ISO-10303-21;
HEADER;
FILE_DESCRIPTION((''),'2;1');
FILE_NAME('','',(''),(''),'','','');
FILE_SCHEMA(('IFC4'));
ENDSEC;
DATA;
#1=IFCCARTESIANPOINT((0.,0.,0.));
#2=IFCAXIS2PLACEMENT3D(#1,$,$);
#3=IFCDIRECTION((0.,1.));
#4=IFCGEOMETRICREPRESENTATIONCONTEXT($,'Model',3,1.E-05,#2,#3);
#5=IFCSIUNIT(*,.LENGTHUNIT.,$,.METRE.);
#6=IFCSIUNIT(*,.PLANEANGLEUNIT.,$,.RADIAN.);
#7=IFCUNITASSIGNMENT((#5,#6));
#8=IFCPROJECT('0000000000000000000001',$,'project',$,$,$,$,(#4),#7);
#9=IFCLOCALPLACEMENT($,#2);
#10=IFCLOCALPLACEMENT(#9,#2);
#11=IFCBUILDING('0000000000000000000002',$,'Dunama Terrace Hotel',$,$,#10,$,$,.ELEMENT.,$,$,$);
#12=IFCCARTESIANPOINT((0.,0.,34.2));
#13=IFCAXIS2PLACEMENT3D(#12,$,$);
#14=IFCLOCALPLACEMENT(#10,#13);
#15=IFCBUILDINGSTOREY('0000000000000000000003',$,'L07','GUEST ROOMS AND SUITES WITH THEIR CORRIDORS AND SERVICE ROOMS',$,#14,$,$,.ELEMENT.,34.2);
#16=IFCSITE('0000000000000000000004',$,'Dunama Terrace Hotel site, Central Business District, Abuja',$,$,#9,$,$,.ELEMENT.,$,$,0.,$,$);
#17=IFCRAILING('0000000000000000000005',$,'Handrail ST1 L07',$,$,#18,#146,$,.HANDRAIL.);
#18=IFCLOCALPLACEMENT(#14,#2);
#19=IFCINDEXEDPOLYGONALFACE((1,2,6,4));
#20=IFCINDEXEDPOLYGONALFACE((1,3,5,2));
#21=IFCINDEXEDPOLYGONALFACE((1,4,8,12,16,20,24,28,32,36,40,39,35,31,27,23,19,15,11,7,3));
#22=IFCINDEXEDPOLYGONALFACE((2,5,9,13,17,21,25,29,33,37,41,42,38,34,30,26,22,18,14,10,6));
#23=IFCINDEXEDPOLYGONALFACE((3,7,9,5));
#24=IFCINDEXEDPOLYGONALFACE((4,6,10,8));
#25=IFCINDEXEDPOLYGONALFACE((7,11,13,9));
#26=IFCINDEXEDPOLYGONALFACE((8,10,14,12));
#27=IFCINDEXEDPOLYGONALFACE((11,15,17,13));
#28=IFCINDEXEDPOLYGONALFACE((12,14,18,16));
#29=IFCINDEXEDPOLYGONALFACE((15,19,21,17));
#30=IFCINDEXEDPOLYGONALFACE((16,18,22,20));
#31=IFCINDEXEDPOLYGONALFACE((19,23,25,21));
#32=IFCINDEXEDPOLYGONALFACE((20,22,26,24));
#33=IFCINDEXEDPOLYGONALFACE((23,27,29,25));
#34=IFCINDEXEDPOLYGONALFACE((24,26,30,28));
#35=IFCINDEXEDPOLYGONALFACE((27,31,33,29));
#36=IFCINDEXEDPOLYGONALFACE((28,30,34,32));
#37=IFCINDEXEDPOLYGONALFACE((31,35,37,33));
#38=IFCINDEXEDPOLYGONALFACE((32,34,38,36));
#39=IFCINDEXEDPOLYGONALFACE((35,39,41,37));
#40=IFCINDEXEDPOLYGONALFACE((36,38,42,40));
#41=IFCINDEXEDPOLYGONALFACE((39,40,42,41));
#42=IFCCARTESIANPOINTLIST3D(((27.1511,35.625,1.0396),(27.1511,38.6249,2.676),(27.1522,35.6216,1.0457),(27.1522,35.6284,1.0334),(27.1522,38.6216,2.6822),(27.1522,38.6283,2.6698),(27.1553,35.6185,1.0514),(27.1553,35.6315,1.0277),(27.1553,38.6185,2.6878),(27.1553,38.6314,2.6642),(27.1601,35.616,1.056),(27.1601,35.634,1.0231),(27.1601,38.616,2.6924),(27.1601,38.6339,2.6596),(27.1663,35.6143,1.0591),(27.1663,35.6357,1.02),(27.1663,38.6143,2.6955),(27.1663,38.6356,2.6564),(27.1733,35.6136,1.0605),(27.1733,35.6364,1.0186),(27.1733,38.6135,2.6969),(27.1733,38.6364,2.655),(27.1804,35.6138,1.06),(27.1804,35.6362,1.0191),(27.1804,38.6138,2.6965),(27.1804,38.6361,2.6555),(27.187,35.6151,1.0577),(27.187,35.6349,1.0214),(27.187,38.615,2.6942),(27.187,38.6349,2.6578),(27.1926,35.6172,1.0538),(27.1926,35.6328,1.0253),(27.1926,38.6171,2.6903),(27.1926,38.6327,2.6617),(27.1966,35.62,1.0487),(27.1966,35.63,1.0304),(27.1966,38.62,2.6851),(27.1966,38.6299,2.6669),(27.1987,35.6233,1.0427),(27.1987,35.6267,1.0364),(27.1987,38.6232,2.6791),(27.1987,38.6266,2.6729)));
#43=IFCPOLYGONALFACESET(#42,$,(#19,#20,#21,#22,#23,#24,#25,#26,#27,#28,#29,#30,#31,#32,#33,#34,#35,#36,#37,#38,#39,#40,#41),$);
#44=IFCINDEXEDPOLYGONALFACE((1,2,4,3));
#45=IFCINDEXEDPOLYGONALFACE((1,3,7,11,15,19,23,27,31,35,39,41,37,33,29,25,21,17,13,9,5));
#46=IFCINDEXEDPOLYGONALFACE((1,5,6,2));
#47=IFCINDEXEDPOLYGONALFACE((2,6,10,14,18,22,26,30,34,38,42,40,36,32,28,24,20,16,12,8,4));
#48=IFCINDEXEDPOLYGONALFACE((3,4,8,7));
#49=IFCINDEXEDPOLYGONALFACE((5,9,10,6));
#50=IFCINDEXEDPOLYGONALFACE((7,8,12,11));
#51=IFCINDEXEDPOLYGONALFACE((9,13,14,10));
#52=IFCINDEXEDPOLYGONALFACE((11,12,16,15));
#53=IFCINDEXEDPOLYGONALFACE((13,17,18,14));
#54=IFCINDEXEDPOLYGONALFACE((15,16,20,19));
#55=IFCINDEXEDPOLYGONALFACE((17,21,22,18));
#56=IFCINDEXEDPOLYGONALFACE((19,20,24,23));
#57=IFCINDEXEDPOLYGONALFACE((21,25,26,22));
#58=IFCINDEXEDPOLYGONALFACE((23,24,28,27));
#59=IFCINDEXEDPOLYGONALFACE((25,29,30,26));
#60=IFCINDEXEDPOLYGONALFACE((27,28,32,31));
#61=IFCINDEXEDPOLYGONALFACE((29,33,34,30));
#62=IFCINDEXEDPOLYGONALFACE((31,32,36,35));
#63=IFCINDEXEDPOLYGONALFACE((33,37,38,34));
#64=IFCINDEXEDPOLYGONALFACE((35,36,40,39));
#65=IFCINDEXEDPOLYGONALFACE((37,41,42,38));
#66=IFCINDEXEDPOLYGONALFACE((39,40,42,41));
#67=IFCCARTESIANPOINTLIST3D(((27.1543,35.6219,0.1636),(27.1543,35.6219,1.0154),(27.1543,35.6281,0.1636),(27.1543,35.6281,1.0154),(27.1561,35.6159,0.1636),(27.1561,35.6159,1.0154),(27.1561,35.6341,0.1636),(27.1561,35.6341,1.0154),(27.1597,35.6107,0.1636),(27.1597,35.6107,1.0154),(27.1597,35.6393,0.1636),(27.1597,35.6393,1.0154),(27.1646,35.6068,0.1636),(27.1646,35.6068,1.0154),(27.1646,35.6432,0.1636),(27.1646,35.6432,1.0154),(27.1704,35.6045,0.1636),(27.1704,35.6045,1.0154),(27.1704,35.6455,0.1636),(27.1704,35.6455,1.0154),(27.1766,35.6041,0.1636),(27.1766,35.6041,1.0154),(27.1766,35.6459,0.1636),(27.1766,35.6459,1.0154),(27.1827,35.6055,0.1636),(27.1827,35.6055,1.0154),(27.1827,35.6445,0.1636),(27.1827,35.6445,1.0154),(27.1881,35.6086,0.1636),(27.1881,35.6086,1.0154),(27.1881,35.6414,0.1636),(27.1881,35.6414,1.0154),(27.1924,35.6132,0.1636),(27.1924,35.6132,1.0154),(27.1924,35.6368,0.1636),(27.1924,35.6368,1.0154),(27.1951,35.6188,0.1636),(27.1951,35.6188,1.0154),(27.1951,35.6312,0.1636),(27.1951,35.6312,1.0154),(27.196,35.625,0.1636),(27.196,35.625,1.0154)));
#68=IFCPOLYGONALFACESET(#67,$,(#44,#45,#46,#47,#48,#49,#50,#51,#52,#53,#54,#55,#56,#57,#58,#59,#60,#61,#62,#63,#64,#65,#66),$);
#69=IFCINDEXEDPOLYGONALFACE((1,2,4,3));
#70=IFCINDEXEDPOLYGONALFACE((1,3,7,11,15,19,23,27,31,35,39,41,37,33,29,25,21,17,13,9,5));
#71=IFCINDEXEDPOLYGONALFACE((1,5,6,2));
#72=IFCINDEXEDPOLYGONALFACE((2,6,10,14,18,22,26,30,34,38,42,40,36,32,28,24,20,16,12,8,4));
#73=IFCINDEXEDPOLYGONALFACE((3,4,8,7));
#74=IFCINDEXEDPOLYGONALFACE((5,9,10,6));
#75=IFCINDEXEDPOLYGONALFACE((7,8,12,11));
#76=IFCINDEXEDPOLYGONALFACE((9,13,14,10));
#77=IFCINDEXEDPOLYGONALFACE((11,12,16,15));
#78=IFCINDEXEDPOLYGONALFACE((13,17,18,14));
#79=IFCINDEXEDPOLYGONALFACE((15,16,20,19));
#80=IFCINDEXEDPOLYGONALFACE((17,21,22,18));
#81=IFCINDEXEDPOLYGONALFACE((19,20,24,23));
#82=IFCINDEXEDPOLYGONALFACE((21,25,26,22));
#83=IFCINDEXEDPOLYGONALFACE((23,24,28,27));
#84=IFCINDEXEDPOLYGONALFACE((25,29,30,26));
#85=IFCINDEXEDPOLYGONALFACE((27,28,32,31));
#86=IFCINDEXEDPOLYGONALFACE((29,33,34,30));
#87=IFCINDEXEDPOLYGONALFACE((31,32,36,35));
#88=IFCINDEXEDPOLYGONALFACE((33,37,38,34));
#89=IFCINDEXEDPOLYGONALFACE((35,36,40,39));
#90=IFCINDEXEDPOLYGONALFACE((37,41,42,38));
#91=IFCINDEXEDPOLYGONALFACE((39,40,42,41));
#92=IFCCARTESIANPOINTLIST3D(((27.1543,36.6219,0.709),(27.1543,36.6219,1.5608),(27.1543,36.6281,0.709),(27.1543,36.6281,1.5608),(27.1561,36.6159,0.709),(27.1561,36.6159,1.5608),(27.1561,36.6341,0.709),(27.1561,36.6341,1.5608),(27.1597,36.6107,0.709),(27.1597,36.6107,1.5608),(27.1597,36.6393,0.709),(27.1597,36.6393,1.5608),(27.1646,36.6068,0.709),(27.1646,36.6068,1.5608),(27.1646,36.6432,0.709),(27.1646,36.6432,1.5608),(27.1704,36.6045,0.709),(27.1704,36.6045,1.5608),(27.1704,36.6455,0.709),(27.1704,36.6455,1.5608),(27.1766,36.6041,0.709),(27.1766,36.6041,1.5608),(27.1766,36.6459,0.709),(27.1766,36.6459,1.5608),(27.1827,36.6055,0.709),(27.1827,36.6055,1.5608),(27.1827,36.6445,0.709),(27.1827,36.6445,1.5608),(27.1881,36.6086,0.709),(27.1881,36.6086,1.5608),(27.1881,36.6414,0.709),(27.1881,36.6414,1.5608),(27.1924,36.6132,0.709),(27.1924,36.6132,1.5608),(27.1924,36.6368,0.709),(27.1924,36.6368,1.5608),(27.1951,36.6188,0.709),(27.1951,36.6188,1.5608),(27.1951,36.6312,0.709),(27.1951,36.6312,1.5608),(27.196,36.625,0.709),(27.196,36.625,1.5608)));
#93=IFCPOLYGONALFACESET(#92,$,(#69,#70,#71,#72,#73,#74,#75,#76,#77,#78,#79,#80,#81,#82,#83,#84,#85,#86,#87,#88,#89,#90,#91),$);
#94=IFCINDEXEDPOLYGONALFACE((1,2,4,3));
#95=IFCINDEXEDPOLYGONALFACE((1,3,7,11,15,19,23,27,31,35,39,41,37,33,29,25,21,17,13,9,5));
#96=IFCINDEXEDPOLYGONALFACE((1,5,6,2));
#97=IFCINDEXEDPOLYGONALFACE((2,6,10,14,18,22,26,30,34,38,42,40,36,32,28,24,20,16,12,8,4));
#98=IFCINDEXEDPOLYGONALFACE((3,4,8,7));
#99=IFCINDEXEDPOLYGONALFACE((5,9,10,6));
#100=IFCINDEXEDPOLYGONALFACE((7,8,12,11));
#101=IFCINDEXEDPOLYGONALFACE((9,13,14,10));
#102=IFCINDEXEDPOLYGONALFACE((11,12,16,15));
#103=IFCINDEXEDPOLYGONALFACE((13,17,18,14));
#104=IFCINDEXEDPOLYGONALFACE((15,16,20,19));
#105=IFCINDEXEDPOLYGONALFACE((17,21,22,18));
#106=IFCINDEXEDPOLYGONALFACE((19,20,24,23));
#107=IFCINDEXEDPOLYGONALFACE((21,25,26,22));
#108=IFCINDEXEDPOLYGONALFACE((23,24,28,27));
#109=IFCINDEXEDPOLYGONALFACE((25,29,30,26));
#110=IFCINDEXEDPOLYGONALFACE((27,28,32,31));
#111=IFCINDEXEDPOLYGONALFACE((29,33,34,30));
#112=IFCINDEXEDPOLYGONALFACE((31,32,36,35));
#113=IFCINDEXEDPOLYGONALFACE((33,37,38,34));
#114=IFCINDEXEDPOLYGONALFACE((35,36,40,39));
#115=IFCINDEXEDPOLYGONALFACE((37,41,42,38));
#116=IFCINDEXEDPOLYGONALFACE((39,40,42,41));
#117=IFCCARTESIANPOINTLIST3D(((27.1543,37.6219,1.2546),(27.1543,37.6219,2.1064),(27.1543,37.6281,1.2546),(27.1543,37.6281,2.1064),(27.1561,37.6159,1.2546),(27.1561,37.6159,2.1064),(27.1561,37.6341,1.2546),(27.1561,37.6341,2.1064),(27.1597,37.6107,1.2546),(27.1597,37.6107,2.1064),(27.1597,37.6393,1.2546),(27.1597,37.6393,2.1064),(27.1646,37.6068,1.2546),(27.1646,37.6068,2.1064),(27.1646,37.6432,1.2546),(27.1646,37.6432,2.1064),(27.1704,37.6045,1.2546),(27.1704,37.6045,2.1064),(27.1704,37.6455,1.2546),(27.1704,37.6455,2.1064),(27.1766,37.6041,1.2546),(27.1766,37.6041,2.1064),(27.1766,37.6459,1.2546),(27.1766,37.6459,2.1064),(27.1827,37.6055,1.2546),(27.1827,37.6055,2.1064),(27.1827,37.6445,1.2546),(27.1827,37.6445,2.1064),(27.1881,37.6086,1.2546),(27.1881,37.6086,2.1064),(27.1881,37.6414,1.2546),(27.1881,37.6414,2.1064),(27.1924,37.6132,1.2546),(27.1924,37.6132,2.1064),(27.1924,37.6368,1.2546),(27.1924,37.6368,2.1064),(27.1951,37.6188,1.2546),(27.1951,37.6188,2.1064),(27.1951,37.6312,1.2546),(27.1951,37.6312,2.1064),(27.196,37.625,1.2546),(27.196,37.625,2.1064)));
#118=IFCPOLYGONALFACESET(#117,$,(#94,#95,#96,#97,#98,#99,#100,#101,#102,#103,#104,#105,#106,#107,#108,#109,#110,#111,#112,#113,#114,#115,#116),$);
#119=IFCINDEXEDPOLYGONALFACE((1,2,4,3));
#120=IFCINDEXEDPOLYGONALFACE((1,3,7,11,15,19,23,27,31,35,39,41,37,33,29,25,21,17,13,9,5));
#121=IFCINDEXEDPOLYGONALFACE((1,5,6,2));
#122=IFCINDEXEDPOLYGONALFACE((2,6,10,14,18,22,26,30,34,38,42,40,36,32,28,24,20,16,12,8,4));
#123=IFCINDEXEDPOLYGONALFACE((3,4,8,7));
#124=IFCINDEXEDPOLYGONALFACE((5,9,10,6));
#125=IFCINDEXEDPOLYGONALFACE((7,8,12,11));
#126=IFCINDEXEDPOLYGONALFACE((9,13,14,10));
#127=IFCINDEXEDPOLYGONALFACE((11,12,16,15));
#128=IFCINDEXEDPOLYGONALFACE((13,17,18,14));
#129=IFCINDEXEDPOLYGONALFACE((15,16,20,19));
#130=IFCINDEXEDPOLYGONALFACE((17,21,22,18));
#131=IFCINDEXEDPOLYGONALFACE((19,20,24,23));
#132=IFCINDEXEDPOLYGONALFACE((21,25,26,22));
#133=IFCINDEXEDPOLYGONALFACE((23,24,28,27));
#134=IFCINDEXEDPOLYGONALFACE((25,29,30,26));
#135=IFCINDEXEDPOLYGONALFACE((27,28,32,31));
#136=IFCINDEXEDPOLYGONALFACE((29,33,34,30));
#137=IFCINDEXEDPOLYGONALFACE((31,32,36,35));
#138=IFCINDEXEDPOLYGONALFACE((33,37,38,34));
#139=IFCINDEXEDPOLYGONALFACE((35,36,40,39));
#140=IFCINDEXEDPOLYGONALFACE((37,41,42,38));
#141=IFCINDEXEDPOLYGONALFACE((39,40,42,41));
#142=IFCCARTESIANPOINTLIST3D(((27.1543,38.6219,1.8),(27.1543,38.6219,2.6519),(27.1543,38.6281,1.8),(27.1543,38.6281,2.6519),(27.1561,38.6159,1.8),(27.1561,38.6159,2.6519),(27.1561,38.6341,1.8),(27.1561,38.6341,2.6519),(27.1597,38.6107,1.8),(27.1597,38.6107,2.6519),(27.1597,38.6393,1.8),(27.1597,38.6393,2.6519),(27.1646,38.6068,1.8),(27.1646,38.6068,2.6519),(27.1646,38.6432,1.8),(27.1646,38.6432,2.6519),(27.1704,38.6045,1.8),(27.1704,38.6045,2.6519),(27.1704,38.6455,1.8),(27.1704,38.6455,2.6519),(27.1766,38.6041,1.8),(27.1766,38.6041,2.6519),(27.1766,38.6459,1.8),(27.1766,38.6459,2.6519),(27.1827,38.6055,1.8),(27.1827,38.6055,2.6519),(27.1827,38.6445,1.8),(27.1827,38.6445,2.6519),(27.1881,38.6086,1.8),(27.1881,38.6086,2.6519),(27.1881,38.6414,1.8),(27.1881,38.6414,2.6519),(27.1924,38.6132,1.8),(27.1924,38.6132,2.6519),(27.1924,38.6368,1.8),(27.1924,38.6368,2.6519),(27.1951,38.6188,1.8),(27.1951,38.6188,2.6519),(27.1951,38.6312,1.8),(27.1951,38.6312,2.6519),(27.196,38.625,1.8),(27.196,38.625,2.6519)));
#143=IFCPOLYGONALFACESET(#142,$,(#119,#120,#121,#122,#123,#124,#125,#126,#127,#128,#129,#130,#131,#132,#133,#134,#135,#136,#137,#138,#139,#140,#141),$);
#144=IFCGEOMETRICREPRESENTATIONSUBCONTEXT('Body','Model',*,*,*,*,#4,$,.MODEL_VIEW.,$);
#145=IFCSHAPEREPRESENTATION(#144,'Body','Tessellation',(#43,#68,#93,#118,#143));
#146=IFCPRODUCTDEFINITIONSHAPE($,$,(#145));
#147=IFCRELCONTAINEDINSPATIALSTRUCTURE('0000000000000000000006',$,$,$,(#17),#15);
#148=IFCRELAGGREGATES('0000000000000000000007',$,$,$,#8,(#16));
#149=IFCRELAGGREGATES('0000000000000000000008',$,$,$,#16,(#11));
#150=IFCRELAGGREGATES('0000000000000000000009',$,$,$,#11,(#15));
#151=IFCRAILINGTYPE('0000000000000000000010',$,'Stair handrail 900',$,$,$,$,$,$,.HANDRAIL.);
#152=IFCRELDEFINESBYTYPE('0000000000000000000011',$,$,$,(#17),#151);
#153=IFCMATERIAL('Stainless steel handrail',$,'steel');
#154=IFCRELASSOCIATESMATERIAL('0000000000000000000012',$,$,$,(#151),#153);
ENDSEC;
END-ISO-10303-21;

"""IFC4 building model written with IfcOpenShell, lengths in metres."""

from ifc_helpers import new_model, si_unit, direction, frame, origin, origin_2d, place, context, subcontext, project, spatial, circle, extrude, material, type_object, element, save


model = new_model("IFC4")

# Units and contexts
model_context = context("Model", 3, precision=1e-05, world=origin(), true_north=direction((0.0, 1.0)))
body_context = subcontext(model_context, "Body", "Model", "MODEL_VIEW")
ifc_project = project(units=[si_unit("LENGTHUNIT", "METRE"), si_unit("PLANEANGLEUNIT", "RADIAN")], contexts=[model_context])

# Site, building, storey
site_placement = place(None, origin())
site = spatial("IfcSite", under=ifc_project, at=site_placement, Name="Dunama Terrace Hotel site, Central Business District, Abuja", CompositionType="ELEMENT", RefElevation=0.0)
building_placement = place(site_placement, origin())
building = spatial("IfcBuilding", under=site, at=building_placement, Name="Dunama Terrace Hotel", CompositionType="ELEMENT")
storey_placement = place(building_placement, frame((0.0, 0.0, 34.2)))
storey = spatial("IfcBuildingStorey", under=building, at=storey_placement, Name="L07", Description="GUEST ROOMS AND SUITES WITH THEIR CORRIDORS AND SERVICE ROOMS", CompositionType="ELEMENT", Elevation=34.2)

# Railing
ifc_material_1 = material(Name="Stainless steel handrail", Category="steel")
railing_type = type_object("IfcRailingType", Name="Stair handrail 900", PredefinedType="HANDRAIL", material=ifc_material_1)
railing_1_placement = place(storey_placement, frame((27.175, 35.625, 0.1636)))
element("IfcRailing", 1, at=railing_1_placement, inside=storey, type_object=railing_type, Name="Handrail ST1 L07", PredefinedType="HANDRAIL", context=body_context, shape_type="SweptSolid", body=[
    extrude(circle(Radius=0.0239, at=origin_2d()), frame((0.0, 0.0, 0.876), z_axis=(0.0, 0.877882, 0.478877), x_axis=(-1.0, 0.0, 0.0)), (0.0, 0.0, 1.0), 3.4172),
    extrude(circle(Radius=0.021, at=origin_2d()), origin(), (0.0, 0.0, 1.0), 0.8518),
    extrude(circle(Radius=0.021, at=origin_2d()), frame((0.0, 1.0, 0.5454)), (0.0, 0.0, 1.0), 0.8518),
    extrude(circle(Radius=0.021, at=origin_2d()), frame((0.0, 2.0, 1.0911)), (0.0, 0.0, 1.0), 0.8518),
    extrude(circle(Radius=0.021, at=origin_2d()), frame((0.0, 3.0, 1.6365)), (0.0, 0.0, 1.0), 0.8518),
])

save(model, "model.ifc")
